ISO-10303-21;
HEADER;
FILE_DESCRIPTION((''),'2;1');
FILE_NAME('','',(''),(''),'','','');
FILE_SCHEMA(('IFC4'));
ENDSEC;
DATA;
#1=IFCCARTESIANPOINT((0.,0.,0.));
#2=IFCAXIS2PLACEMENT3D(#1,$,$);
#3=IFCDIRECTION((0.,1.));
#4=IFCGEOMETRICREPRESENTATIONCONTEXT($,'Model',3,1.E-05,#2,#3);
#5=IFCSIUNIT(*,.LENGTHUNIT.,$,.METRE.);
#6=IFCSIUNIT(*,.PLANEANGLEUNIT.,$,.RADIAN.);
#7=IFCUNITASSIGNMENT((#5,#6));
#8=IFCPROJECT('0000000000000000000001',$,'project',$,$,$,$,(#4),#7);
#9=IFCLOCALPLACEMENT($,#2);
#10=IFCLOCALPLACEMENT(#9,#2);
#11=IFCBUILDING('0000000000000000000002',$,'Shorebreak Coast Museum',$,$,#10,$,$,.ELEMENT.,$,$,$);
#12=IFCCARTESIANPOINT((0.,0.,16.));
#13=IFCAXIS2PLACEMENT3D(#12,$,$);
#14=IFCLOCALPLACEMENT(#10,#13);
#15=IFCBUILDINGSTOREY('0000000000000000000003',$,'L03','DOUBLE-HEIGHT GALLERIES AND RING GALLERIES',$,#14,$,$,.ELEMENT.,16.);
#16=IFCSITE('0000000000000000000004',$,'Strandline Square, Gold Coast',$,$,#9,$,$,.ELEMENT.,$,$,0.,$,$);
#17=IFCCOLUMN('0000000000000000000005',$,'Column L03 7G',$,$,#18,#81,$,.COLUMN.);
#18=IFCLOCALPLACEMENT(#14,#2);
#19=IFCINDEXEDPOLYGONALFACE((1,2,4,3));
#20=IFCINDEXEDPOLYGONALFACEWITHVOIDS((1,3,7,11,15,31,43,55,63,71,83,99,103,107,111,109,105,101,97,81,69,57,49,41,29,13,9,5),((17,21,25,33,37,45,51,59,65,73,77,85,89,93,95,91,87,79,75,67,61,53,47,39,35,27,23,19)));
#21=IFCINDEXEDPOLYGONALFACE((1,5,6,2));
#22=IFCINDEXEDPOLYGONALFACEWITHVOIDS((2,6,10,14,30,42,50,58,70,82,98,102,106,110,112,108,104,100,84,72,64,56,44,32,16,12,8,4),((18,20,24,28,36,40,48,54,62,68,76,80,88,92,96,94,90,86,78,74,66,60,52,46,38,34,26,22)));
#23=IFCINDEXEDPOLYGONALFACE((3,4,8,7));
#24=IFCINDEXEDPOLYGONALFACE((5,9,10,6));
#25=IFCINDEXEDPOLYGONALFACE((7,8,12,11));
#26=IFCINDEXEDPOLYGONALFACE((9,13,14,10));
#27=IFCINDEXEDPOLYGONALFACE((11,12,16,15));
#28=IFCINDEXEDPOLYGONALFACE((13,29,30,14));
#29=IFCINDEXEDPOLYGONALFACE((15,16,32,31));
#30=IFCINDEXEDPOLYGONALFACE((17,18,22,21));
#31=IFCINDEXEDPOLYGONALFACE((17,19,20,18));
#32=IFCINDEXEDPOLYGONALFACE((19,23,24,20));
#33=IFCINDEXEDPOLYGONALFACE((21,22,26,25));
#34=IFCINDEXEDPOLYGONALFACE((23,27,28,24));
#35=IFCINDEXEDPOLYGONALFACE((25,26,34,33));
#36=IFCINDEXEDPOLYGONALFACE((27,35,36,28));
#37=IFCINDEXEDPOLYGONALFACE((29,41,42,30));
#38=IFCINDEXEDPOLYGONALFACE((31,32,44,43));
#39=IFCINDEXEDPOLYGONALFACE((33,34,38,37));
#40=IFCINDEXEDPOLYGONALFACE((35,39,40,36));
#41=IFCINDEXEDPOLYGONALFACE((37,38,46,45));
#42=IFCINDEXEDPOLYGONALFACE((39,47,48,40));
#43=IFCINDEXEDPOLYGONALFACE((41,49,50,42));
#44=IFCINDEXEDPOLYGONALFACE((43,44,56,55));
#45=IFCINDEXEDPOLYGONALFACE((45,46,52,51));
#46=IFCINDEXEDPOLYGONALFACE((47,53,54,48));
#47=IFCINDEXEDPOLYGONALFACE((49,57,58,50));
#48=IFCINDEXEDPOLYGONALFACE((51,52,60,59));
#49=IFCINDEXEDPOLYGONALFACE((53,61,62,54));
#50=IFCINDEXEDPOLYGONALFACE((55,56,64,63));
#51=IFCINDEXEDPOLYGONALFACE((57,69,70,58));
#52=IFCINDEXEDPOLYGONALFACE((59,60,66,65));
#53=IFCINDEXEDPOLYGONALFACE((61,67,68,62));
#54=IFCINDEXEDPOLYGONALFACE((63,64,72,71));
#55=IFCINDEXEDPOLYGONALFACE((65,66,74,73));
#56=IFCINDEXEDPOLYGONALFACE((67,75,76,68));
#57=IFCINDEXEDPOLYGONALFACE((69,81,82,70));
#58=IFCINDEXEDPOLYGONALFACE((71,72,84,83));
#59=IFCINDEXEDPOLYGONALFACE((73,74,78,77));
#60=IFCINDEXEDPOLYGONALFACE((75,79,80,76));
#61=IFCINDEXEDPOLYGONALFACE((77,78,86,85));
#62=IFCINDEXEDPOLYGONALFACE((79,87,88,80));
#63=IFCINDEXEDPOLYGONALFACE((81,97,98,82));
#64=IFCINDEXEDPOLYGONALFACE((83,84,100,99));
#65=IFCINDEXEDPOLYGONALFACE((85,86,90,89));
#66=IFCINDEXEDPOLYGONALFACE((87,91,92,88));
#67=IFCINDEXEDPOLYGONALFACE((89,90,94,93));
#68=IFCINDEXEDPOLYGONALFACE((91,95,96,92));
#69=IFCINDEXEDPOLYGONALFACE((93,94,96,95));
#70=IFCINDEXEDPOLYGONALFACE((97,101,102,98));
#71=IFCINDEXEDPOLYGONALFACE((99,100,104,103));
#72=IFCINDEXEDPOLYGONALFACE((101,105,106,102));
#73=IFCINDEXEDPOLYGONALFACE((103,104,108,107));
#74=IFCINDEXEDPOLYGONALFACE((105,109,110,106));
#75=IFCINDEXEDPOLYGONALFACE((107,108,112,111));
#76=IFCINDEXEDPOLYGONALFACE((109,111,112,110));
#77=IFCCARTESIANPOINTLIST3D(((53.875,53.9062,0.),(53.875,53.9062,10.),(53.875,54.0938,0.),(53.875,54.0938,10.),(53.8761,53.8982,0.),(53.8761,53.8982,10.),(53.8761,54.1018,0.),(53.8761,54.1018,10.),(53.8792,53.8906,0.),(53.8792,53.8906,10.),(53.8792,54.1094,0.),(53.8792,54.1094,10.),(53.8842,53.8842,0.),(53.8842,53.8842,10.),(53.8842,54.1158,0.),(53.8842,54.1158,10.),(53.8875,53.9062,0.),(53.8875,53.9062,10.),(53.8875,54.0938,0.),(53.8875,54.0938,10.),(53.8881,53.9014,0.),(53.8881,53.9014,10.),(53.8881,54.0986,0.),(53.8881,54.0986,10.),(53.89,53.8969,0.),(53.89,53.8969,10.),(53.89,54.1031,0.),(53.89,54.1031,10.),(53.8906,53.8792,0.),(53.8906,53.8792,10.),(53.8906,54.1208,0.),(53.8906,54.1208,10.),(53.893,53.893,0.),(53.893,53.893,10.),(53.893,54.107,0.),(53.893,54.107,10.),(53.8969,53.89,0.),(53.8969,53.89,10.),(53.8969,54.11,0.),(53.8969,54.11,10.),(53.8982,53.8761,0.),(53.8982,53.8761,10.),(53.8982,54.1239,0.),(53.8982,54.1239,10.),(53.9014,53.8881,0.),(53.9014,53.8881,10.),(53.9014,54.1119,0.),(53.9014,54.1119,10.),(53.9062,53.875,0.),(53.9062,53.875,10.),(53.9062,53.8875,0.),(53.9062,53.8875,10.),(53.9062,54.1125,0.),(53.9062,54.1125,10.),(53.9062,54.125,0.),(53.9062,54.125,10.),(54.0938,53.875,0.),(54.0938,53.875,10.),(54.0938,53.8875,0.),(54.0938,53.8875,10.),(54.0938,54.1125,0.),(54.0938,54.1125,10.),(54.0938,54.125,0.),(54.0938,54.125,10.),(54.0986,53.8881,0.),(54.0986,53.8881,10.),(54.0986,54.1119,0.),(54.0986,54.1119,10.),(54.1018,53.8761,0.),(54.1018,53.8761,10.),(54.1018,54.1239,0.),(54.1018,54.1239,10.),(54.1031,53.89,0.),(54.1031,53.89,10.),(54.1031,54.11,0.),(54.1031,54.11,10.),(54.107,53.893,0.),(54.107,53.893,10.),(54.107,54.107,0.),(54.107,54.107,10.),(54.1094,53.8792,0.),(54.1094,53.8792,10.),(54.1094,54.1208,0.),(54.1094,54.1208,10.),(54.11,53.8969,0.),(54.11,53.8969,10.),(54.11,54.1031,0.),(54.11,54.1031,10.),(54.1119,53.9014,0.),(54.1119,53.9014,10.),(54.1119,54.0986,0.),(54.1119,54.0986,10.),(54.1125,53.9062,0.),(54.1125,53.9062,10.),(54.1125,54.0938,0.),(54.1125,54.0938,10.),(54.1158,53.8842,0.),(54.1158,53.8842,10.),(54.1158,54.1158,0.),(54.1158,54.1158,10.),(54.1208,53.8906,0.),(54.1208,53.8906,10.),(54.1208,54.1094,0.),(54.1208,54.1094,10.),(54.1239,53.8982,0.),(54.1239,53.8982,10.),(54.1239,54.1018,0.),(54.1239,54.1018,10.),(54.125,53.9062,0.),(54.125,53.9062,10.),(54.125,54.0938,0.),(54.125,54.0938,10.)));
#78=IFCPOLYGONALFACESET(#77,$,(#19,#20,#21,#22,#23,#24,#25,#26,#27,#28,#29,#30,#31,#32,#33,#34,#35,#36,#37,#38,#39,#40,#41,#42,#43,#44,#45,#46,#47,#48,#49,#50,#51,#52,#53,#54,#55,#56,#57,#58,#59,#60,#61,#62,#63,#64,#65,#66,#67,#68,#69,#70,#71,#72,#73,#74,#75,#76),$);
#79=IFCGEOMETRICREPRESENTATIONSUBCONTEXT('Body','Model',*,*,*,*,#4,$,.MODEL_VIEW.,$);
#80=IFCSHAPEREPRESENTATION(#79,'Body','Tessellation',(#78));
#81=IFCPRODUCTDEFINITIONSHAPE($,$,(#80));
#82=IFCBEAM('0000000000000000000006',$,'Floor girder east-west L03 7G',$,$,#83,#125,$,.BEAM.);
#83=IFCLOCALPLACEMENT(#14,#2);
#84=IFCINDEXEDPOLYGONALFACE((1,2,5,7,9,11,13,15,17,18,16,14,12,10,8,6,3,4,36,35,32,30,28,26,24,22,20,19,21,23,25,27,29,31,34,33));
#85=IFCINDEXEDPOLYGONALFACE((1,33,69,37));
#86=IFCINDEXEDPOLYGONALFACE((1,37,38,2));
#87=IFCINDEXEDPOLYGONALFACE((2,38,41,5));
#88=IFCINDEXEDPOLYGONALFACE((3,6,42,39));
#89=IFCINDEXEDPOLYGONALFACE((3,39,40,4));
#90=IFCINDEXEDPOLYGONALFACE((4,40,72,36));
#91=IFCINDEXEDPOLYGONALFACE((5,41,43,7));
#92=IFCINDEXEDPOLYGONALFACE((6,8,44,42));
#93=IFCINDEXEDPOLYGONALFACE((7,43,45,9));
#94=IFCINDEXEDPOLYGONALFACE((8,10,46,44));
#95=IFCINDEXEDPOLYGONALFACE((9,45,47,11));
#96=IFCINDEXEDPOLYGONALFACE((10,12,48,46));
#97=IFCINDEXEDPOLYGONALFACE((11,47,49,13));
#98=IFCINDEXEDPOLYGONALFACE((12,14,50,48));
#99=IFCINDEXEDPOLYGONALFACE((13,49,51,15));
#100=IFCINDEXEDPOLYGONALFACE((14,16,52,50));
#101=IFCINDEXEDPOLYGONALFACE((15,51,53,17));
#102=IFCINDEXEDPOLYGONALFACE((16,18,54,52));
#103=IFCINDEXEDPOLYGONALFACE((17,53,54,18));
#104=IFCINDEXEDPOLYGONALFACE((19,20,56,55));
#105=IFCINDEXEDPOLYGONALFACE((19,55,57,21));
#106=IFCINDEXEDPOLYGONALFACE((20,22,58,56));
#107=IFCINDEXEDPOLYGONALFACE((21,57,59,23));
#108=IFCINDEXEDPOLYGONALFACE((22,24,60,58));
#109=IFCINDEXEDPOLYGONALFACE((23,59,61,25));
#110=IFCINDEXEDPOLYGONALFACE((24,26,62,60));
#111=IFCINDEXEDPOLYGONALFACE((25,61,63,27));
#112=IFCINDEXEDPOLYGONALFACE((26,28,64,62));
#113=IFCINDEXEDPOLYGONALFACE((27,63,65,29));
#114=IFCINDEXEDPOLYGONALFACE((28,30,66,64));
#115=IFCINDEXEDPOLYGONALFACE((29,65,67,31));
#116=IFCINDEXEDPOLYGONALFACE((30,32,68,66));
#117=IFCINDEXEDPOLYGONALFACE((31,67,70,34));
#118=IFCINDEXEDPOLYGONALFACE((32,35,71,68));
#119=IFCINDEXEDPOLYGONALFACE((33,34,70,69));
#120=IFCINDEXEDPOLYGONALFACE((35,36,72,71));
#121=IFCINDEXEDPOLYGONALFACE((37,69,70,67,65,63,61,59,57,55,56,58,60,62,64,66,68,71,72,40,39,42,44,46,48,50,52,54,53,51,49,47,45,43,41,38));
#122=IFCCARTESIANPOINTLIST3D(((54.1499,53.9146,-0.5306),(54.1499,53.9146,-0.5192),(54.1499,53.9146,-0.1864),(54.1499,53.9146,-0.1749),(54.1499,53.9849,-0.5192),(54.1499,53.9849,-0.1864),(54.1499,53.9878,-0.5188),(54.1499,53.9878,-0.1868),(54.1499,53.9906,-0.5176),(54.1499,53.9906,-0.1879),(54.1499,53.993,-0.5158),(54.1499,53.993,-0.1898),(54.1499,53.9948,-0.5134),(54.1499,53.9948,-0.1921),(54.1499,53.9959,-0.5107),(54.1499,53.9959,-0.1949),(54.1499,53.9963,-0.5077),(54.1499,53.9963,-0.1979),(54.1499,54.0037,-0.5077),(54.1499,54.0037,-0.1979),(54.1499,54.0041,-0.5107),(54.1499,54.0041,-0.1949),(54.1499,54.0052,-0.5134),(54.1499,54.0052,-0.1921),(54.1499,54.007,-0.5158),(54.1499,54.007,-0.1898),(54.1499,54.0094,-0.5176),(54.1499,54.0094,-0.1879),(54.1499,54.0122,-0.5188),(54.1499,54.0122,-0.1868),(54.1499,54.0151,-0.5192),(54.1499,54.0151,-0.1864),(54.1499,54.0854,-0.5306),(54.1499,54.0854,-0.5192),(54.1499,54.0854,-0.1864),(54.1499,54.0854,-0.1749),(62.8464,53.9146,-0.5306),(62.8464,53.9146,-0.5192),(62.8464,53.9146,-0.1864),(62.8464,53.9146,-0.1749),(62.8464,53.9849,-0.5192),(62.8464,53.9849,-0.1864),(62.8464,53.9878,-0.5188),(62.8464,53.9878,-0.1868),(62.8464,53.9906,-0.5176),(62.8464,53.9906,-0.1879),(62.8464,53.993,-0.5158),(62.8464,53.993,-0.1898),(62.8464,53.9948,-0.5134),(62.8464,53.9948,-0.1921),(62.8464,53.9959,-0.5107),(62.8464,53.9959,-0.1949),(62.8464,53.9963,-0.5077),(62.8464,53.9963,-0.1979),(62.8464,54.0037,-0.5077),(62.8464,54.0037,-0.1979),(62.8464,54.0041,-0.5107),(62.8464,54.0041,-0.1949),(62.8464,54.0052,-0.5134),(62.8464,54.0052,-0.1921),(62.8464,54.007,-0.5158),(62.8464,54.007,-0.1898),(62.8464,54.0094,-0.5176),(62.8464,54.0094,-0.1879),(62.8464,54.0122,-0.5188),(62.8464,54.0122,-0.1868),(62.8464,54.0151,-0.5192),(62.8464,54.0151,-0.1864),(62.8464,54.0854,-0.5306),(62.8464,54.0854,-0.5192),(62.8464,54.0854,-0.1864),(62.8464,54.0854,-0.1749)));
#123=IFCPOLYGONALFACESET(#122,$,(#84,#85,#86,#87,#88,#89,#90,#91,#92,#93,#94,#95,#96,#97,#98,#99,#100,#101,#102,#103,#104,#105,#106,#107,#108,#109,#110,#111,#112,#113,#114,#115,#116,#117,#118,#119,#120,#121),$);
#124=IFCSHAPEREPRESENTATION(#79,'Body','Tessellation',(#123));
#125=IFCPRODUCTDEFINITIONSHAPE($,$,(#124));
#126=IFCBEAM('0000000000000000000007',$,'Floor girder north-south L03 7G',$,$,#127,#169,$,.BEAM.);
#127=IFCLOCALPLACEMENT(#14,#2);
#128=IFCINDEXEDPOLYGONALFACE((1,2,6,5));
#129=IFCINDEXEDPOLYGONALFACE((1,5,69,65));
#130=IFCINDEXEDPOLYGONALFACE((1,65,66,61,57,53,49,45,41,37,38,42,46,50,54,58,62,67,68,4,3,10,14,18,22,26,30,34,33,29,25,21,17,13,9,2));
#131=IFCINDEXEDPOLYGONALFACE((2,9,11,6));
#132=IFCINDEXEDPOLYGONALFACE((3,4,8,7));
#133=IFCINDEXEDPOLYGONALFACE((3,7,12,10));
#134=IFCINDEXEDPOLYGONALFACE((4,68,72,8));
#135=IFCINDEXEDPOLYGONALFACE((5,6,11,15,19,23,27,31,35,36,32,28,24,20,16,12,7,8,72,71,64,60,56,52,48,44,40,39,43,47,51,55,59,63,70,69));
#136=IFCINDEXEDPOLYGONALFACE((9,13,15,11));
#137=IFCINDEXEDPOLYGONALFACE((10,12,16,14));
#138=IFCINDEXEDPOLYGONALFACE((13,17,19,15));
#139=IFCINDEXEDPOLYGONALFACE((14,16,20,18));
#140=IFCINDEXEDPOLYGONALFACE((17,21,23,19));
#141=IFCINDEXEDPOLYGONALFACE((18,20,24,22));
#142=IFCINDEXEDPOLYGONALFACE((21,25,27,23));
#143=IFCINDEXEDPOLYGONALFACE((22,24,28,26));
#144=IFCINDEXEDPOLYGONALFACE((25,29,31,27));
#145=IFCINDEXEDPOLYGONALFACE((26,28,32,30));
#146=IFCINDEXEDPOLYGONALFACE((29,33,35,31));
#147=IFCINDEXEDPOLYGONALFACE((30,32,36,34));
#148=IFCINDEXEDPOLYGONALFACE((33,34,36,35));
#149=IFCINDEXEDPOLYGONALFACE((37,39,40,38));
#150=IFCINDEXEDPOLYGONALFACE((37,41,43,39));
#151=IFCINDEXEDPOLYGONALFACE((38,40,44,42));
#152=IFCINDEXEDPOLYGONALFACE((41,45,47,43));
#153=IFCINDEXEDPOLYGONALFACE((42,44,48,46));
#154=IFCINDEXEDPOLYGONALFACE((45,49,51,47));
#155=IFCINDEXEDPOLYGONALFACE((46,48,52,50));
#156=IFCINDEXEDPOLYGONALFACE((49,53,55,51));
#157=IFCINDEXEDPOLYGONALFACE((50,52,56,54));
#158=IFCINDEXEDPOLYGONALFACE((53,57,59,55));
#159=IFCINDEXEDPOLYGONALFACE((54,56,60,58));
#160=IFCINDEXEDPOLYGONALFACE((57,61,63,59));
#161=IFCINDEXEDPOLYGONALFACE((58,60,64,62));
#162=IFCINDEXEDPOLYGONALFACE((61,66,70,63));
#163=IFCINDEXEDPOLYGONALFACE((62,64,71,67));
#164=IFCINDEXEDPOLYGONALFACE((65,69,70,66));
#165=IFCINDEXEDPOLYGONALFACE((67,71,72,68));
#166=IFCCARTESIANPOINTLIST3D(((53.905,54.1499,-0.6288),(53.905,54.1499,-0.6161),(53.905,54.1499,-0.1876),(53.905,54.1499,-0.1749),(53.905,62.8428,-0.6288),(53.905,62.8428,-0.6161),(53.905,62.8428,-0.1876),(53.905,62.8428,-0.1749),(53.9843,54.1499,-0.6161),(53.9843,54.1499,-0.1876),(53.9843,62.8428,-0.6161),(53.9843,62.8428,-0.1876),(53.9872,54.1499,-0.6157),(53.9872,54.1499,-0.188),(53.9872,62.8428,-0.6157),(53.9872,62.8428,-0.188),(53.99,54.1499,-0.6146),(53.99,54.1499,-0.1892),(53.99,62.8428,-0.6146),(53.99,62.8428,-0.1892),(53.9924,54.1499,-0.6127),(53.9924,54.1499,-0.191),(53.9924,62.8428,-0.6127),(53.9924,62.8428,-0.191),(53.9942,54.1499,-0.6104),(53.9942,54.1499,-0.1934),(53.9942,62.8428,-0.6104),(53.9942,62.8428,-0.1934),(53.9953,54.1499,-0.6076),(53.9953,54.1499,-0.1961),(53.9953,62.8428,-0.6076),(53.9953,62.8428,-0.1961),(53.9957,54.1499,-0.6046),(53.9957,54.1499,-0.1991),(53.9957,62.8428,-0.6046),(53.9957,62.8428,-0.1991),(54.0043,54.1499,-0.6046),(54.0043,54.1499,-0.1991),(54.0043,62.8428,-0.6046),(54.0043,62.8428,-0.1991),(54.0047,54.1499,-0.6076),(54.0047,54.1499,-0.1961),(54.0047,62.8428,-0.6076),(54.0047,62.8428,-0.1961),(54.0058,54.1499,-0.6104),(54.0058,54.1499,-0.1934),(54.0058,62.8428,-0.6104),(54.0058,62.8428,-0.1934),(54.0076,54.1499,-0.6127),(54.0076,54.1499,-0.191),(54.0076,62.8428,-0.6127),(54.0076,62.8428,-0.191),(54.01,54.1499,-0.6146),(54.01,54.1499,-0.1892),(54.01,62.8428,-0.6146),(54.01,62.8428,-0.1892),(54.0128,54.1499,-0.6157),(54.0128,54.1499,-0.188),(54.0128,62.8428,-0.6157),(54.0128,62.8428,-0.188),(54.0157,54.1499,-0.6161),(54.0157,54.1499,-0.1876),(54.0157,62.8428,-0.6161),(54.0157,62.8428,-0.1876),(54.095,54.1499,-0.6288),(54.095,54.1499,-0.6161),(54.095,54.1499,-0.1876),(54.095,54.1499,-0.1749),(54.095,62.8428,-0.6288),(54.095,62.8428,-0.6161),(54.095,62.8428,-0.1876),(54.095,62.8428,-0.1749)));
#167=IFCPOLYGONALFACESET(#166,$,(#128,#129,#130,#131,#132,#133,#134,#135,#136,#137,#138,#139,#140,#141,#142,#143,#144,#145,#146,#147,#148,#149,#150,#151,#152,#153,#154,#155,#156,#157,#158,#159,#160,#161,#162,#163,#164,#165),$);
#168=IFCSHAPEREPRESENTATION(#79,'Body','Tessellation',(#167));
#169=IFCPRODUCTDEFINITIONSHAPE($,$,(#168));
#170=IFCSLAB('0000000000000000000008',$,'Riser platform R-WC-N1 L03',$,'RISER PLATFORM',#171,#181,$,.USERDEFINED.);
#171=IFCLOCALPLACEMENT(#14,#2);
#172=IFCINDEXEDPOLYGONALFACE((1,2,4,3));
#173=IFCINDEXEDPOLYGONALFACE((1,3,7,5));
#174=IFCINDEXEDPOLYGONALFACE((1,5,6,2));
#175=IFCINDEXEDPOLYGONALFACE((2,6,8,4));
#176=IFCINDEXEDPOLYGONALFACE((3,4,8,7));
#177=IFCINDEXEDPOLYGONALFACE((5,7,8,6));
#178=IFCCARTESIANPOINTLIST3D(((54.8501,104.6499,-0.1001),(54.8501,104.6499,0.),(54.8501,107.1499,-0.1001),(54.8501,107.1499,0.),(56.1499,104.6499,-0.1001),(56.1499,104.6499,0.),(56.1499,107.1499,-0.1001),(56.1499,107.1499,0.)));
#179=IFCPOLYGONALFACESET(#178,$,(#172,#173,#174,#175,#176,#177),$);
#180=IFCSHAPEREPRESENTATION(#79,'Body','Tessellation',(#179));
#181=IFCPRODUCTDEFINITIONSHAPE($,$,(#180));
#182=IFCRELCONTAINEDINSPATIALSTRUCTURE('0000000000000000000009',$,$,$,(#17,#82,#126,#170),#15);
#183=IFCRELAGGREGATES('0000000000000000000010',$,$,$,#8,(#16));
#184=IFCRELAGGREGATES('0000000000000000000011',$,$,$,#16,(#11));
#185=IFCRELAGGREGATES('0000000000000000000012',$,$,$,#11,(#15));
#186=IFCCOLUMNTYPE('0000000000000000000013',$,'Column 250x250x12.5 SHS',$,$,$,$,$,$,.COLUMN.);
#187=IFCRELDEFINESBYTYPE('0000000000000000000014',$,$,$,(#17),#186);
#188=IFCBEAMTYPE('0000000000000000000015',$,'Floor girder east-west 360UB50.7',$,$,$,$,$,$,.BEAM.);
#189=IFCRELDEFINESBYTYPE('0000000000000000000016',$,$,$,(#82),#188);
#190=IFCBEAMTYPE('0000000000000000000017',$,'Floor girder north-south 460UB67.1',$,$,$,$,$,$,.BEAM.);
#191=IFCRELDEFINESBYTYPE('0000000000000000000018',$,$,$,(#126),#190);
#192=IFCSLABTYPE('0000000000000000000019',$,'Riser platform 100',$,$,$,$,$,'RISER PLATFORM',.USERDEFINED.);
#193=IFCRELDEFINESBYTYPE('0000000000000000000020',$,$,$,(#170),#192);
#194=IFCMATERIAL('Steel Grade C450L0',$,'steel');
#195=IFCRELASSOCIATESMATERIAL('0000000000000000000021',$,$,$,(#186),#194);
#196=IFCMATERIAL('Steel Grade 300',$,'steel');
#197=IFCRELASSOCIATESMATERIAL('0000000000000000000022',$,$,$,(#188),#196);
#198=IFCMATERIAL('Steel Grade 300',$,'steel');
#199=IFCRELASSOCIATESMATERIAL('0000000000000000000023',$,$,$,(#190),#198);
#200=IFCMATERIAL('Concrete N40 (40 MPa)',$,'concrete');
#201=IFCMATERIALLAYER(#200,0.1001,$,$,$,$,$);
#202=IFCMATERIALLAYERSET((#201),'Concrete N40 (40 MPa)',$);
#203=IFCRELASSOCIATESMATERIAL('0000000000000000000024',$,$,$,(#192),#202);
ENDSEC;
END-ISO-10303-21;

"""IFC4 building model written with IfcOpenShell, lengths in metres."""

from ifc_helpers import new_model, si_unit, direction, frame, origin, origin_2d, place, context, subcontext, project, spatial, polyline, hollow_rectangle, i_section, outline, extrude, material, layer, layer_set, material_profile, profile_set, type_object, element, save


model = new_model("IFC4")

# Units and contexts
model_context = context("Model", 3, precision=1e-05, world=origin(), true_north=direction((0.0, 1.0)))
body_context = subcontext(model_context, "Body", "Model", "MODEL_VIEW")
ifc_project = project(units=[si_unit("LENGTHUNIT", "METRE"), si_unit("PLANEANGLEUNIT", "RADIAN")], contexts=[model_context])

# Site, building, storey
site_placement = place(None, origin())
site = spatial("IfcSite", under=ifc_project, at=site_placement, Name="Strandline Square, Gold Coast", CompositionType="ELEMENT", RefElevation=0.0)
building_placement = place(site_placement, origin())
building = spatial("IfcBuilding", under=site, at=building_placement, Name="Shorebreak Coast Museum", CompositionType="ELEMENT")
storey_placement = place(building_placement, frame((0.0, 0.0, 16.0)))
storey = spatial("IfcBuildingStorey", under=building, at=storey_placement, Name="L03", Description="DOUBLE-HEIGHT GALLERIES AND RING GALLERIES", CompositionType="ELEMENT", Elevation=16.0)

# Column
ifc_material_1 = material(Name="Steel Grade C450L0", Category="steel")
ifc_material_profile_1 = material_profile(ifc_material_1, hollow_rectangle(XDim=0.25, YDim=0.25, WallThickness=0.0125, InnerFilletRadius=0.0188, OuterFilletRadius=0.0312, at=origin_2d()), Name="250x250x12.5 SHS")
ifc_profile_set_1 = profile_set([ifc_material_profile_1], Name="Steel Grade C450L0")
column_type = type_object("IfcColumnType", Name="Column 250x250x12.5 SHS", PredefinedType="COLUMN", material=ifc_profile_set_1)
column_placement = place(storey_placement, frame((54.0, 54.0, 0.0), z_axis=(0.0, 0.0, 1.0), x_axis=(1.0, 0.0, 0.0)))
element("IfcColumn", 1, at=column_placement, inside=storey, type_object=column_type, Name="Column L03 7G", PredefinedType="COLUMN", context=body_context, shape_type="SweptSolid", body=[
    extrude(hollow_rectangle(XDim=0.25, YDim=0.25, WallThickness=0.0125, InnerFilletRadius=0.0188, OuterFilletRadius=0.0312, at=origin_2d()), origin(), (0.0, 0.0, 1.0), 10.0),
])

# Beams
ifc_material_2 = material(Name="Steel Grade 300", Category="steel")
ifc_material_profile_2 = material_profile(ifc_material_2, i_section(OverallWidth=0.1709, OverallDepth=0.3557, WebThickness=0.0073, FlangeThickness=0.0115, FilletRadius=0.0115, at=origin_2d()), Name="360UB50.7")
ifc_profile_set_2 = profile_set([ifc_material_profile_2], Name="Steel Grade 300")
beam_type_1 = type_object("IfcBeamType", Name="Floor girder east-west 360UB50.7", PredefinedType="BEAM", material=ifc_profile_set_2)
beam_1_placement = place(storey_placement, frame((54.1499, 54.0, -0.3528), z_axis=(1.0, 0.0, 0.0), x_axis=(0.0, 1.0, 0.0)))
element("IfcBeam", 2, at=beam_1_placement, inside=storey, type_object=beam_type_1, Name="Floor girder east-west L03 7G", PredefinedType="BEAM", context=body_context, shape_type="SweptSolid", body=[
    extrude(i_section(OverallWidth=0.1709, OverallDepth=0.3557, WebThickness=0.0073, FlangeThickness=0.0115, FilletRadius=0.0115, at=origin_2d()), origin(), (0.0, 0.0, 1.0), 8.6965),
])
ifc_material_3 = material(Name="Steel Grade 300", Category="steel")
ifc_material_profile_3 = material_profile(ifc_material_3, i_section(OverallWidth=0.1899, OverallDepth=0.4539, WebThickness=0.0085, FlangeThickness=0.0127, FilletRadius=0.0115, at=origin_2d()), Name="460UB67.1")
ifc_profile_set_3 = profile_set([ifc_material_profile_3], Name="Steel Grade 300")
beam_type_2 = type_object("IfcBeamType", Name="Floor girder north-south 460UB67.1", PredefinedType="BEAM", material=ifc_profile_set_3)
beam_2_placement = place(storey_placement, frame((54.0, 54.1499, -0.4019), z_axis=(0.0, 1.0, 0.0), x_axis=(-1.0, 0.0, 0.0)))
element("IfcBeam", 3, at=beam_2_placement, inside=storey, type_object=beam_type_2, Name="Floor girder north-south L03 7G", PredefinedType="BEAM", context=body_context, shape_type="SweptSolid", body=[
    extrude(i_section(OverallWidth=0.1899, OverallDepth=0.4539, WebThickness=0.0085, FlangeThickness=0.0127, FilletRadius=0.0115, at=origin_2d()), origin(), (0.0, 0.0, 1.0), 8.6929),
])

# Slab
ifc_material_4 = material(Name="Concrete N40 (40 MPa)", Category="concrete")
ifc_layer_1 = layer(ifc_material_4, 0.1001)
ifc_layer_set_1 = layer_set([ifc_layer_1], Name="Concrete N40 (40 MPa)")
slab_type_1 = type_object("IfcSlabType", Name="Riser platform 100", ElementType="RISER PLATFORM", PredefinedType="USERDEFINED", material=ifc_layer_set_1)
slab_1_placement = place(storey_placement, frame((0.0, 0.0, -0.1001)))
element("IfcSlab", 4, at=slab_1_placement, inside=storey, type_object=slab_type_1, Name="Riser platform R-WC-N1 L03", ObjectType="RISER PLATFORM", PredefinedType="USERDEFINED", context=body_context, shape_type="SweptSolid", body=[
    extrude(outline(polyline([(54.8501, 104.6499), (56.1499, 104.6499), (56.1499, 107.1499), (54.8501, 107.1499), (54.8501, 104.6499)])), origin(), (0.0, 0.0, 1.0), 0.1001),
])

save(model, "model.ifc")
